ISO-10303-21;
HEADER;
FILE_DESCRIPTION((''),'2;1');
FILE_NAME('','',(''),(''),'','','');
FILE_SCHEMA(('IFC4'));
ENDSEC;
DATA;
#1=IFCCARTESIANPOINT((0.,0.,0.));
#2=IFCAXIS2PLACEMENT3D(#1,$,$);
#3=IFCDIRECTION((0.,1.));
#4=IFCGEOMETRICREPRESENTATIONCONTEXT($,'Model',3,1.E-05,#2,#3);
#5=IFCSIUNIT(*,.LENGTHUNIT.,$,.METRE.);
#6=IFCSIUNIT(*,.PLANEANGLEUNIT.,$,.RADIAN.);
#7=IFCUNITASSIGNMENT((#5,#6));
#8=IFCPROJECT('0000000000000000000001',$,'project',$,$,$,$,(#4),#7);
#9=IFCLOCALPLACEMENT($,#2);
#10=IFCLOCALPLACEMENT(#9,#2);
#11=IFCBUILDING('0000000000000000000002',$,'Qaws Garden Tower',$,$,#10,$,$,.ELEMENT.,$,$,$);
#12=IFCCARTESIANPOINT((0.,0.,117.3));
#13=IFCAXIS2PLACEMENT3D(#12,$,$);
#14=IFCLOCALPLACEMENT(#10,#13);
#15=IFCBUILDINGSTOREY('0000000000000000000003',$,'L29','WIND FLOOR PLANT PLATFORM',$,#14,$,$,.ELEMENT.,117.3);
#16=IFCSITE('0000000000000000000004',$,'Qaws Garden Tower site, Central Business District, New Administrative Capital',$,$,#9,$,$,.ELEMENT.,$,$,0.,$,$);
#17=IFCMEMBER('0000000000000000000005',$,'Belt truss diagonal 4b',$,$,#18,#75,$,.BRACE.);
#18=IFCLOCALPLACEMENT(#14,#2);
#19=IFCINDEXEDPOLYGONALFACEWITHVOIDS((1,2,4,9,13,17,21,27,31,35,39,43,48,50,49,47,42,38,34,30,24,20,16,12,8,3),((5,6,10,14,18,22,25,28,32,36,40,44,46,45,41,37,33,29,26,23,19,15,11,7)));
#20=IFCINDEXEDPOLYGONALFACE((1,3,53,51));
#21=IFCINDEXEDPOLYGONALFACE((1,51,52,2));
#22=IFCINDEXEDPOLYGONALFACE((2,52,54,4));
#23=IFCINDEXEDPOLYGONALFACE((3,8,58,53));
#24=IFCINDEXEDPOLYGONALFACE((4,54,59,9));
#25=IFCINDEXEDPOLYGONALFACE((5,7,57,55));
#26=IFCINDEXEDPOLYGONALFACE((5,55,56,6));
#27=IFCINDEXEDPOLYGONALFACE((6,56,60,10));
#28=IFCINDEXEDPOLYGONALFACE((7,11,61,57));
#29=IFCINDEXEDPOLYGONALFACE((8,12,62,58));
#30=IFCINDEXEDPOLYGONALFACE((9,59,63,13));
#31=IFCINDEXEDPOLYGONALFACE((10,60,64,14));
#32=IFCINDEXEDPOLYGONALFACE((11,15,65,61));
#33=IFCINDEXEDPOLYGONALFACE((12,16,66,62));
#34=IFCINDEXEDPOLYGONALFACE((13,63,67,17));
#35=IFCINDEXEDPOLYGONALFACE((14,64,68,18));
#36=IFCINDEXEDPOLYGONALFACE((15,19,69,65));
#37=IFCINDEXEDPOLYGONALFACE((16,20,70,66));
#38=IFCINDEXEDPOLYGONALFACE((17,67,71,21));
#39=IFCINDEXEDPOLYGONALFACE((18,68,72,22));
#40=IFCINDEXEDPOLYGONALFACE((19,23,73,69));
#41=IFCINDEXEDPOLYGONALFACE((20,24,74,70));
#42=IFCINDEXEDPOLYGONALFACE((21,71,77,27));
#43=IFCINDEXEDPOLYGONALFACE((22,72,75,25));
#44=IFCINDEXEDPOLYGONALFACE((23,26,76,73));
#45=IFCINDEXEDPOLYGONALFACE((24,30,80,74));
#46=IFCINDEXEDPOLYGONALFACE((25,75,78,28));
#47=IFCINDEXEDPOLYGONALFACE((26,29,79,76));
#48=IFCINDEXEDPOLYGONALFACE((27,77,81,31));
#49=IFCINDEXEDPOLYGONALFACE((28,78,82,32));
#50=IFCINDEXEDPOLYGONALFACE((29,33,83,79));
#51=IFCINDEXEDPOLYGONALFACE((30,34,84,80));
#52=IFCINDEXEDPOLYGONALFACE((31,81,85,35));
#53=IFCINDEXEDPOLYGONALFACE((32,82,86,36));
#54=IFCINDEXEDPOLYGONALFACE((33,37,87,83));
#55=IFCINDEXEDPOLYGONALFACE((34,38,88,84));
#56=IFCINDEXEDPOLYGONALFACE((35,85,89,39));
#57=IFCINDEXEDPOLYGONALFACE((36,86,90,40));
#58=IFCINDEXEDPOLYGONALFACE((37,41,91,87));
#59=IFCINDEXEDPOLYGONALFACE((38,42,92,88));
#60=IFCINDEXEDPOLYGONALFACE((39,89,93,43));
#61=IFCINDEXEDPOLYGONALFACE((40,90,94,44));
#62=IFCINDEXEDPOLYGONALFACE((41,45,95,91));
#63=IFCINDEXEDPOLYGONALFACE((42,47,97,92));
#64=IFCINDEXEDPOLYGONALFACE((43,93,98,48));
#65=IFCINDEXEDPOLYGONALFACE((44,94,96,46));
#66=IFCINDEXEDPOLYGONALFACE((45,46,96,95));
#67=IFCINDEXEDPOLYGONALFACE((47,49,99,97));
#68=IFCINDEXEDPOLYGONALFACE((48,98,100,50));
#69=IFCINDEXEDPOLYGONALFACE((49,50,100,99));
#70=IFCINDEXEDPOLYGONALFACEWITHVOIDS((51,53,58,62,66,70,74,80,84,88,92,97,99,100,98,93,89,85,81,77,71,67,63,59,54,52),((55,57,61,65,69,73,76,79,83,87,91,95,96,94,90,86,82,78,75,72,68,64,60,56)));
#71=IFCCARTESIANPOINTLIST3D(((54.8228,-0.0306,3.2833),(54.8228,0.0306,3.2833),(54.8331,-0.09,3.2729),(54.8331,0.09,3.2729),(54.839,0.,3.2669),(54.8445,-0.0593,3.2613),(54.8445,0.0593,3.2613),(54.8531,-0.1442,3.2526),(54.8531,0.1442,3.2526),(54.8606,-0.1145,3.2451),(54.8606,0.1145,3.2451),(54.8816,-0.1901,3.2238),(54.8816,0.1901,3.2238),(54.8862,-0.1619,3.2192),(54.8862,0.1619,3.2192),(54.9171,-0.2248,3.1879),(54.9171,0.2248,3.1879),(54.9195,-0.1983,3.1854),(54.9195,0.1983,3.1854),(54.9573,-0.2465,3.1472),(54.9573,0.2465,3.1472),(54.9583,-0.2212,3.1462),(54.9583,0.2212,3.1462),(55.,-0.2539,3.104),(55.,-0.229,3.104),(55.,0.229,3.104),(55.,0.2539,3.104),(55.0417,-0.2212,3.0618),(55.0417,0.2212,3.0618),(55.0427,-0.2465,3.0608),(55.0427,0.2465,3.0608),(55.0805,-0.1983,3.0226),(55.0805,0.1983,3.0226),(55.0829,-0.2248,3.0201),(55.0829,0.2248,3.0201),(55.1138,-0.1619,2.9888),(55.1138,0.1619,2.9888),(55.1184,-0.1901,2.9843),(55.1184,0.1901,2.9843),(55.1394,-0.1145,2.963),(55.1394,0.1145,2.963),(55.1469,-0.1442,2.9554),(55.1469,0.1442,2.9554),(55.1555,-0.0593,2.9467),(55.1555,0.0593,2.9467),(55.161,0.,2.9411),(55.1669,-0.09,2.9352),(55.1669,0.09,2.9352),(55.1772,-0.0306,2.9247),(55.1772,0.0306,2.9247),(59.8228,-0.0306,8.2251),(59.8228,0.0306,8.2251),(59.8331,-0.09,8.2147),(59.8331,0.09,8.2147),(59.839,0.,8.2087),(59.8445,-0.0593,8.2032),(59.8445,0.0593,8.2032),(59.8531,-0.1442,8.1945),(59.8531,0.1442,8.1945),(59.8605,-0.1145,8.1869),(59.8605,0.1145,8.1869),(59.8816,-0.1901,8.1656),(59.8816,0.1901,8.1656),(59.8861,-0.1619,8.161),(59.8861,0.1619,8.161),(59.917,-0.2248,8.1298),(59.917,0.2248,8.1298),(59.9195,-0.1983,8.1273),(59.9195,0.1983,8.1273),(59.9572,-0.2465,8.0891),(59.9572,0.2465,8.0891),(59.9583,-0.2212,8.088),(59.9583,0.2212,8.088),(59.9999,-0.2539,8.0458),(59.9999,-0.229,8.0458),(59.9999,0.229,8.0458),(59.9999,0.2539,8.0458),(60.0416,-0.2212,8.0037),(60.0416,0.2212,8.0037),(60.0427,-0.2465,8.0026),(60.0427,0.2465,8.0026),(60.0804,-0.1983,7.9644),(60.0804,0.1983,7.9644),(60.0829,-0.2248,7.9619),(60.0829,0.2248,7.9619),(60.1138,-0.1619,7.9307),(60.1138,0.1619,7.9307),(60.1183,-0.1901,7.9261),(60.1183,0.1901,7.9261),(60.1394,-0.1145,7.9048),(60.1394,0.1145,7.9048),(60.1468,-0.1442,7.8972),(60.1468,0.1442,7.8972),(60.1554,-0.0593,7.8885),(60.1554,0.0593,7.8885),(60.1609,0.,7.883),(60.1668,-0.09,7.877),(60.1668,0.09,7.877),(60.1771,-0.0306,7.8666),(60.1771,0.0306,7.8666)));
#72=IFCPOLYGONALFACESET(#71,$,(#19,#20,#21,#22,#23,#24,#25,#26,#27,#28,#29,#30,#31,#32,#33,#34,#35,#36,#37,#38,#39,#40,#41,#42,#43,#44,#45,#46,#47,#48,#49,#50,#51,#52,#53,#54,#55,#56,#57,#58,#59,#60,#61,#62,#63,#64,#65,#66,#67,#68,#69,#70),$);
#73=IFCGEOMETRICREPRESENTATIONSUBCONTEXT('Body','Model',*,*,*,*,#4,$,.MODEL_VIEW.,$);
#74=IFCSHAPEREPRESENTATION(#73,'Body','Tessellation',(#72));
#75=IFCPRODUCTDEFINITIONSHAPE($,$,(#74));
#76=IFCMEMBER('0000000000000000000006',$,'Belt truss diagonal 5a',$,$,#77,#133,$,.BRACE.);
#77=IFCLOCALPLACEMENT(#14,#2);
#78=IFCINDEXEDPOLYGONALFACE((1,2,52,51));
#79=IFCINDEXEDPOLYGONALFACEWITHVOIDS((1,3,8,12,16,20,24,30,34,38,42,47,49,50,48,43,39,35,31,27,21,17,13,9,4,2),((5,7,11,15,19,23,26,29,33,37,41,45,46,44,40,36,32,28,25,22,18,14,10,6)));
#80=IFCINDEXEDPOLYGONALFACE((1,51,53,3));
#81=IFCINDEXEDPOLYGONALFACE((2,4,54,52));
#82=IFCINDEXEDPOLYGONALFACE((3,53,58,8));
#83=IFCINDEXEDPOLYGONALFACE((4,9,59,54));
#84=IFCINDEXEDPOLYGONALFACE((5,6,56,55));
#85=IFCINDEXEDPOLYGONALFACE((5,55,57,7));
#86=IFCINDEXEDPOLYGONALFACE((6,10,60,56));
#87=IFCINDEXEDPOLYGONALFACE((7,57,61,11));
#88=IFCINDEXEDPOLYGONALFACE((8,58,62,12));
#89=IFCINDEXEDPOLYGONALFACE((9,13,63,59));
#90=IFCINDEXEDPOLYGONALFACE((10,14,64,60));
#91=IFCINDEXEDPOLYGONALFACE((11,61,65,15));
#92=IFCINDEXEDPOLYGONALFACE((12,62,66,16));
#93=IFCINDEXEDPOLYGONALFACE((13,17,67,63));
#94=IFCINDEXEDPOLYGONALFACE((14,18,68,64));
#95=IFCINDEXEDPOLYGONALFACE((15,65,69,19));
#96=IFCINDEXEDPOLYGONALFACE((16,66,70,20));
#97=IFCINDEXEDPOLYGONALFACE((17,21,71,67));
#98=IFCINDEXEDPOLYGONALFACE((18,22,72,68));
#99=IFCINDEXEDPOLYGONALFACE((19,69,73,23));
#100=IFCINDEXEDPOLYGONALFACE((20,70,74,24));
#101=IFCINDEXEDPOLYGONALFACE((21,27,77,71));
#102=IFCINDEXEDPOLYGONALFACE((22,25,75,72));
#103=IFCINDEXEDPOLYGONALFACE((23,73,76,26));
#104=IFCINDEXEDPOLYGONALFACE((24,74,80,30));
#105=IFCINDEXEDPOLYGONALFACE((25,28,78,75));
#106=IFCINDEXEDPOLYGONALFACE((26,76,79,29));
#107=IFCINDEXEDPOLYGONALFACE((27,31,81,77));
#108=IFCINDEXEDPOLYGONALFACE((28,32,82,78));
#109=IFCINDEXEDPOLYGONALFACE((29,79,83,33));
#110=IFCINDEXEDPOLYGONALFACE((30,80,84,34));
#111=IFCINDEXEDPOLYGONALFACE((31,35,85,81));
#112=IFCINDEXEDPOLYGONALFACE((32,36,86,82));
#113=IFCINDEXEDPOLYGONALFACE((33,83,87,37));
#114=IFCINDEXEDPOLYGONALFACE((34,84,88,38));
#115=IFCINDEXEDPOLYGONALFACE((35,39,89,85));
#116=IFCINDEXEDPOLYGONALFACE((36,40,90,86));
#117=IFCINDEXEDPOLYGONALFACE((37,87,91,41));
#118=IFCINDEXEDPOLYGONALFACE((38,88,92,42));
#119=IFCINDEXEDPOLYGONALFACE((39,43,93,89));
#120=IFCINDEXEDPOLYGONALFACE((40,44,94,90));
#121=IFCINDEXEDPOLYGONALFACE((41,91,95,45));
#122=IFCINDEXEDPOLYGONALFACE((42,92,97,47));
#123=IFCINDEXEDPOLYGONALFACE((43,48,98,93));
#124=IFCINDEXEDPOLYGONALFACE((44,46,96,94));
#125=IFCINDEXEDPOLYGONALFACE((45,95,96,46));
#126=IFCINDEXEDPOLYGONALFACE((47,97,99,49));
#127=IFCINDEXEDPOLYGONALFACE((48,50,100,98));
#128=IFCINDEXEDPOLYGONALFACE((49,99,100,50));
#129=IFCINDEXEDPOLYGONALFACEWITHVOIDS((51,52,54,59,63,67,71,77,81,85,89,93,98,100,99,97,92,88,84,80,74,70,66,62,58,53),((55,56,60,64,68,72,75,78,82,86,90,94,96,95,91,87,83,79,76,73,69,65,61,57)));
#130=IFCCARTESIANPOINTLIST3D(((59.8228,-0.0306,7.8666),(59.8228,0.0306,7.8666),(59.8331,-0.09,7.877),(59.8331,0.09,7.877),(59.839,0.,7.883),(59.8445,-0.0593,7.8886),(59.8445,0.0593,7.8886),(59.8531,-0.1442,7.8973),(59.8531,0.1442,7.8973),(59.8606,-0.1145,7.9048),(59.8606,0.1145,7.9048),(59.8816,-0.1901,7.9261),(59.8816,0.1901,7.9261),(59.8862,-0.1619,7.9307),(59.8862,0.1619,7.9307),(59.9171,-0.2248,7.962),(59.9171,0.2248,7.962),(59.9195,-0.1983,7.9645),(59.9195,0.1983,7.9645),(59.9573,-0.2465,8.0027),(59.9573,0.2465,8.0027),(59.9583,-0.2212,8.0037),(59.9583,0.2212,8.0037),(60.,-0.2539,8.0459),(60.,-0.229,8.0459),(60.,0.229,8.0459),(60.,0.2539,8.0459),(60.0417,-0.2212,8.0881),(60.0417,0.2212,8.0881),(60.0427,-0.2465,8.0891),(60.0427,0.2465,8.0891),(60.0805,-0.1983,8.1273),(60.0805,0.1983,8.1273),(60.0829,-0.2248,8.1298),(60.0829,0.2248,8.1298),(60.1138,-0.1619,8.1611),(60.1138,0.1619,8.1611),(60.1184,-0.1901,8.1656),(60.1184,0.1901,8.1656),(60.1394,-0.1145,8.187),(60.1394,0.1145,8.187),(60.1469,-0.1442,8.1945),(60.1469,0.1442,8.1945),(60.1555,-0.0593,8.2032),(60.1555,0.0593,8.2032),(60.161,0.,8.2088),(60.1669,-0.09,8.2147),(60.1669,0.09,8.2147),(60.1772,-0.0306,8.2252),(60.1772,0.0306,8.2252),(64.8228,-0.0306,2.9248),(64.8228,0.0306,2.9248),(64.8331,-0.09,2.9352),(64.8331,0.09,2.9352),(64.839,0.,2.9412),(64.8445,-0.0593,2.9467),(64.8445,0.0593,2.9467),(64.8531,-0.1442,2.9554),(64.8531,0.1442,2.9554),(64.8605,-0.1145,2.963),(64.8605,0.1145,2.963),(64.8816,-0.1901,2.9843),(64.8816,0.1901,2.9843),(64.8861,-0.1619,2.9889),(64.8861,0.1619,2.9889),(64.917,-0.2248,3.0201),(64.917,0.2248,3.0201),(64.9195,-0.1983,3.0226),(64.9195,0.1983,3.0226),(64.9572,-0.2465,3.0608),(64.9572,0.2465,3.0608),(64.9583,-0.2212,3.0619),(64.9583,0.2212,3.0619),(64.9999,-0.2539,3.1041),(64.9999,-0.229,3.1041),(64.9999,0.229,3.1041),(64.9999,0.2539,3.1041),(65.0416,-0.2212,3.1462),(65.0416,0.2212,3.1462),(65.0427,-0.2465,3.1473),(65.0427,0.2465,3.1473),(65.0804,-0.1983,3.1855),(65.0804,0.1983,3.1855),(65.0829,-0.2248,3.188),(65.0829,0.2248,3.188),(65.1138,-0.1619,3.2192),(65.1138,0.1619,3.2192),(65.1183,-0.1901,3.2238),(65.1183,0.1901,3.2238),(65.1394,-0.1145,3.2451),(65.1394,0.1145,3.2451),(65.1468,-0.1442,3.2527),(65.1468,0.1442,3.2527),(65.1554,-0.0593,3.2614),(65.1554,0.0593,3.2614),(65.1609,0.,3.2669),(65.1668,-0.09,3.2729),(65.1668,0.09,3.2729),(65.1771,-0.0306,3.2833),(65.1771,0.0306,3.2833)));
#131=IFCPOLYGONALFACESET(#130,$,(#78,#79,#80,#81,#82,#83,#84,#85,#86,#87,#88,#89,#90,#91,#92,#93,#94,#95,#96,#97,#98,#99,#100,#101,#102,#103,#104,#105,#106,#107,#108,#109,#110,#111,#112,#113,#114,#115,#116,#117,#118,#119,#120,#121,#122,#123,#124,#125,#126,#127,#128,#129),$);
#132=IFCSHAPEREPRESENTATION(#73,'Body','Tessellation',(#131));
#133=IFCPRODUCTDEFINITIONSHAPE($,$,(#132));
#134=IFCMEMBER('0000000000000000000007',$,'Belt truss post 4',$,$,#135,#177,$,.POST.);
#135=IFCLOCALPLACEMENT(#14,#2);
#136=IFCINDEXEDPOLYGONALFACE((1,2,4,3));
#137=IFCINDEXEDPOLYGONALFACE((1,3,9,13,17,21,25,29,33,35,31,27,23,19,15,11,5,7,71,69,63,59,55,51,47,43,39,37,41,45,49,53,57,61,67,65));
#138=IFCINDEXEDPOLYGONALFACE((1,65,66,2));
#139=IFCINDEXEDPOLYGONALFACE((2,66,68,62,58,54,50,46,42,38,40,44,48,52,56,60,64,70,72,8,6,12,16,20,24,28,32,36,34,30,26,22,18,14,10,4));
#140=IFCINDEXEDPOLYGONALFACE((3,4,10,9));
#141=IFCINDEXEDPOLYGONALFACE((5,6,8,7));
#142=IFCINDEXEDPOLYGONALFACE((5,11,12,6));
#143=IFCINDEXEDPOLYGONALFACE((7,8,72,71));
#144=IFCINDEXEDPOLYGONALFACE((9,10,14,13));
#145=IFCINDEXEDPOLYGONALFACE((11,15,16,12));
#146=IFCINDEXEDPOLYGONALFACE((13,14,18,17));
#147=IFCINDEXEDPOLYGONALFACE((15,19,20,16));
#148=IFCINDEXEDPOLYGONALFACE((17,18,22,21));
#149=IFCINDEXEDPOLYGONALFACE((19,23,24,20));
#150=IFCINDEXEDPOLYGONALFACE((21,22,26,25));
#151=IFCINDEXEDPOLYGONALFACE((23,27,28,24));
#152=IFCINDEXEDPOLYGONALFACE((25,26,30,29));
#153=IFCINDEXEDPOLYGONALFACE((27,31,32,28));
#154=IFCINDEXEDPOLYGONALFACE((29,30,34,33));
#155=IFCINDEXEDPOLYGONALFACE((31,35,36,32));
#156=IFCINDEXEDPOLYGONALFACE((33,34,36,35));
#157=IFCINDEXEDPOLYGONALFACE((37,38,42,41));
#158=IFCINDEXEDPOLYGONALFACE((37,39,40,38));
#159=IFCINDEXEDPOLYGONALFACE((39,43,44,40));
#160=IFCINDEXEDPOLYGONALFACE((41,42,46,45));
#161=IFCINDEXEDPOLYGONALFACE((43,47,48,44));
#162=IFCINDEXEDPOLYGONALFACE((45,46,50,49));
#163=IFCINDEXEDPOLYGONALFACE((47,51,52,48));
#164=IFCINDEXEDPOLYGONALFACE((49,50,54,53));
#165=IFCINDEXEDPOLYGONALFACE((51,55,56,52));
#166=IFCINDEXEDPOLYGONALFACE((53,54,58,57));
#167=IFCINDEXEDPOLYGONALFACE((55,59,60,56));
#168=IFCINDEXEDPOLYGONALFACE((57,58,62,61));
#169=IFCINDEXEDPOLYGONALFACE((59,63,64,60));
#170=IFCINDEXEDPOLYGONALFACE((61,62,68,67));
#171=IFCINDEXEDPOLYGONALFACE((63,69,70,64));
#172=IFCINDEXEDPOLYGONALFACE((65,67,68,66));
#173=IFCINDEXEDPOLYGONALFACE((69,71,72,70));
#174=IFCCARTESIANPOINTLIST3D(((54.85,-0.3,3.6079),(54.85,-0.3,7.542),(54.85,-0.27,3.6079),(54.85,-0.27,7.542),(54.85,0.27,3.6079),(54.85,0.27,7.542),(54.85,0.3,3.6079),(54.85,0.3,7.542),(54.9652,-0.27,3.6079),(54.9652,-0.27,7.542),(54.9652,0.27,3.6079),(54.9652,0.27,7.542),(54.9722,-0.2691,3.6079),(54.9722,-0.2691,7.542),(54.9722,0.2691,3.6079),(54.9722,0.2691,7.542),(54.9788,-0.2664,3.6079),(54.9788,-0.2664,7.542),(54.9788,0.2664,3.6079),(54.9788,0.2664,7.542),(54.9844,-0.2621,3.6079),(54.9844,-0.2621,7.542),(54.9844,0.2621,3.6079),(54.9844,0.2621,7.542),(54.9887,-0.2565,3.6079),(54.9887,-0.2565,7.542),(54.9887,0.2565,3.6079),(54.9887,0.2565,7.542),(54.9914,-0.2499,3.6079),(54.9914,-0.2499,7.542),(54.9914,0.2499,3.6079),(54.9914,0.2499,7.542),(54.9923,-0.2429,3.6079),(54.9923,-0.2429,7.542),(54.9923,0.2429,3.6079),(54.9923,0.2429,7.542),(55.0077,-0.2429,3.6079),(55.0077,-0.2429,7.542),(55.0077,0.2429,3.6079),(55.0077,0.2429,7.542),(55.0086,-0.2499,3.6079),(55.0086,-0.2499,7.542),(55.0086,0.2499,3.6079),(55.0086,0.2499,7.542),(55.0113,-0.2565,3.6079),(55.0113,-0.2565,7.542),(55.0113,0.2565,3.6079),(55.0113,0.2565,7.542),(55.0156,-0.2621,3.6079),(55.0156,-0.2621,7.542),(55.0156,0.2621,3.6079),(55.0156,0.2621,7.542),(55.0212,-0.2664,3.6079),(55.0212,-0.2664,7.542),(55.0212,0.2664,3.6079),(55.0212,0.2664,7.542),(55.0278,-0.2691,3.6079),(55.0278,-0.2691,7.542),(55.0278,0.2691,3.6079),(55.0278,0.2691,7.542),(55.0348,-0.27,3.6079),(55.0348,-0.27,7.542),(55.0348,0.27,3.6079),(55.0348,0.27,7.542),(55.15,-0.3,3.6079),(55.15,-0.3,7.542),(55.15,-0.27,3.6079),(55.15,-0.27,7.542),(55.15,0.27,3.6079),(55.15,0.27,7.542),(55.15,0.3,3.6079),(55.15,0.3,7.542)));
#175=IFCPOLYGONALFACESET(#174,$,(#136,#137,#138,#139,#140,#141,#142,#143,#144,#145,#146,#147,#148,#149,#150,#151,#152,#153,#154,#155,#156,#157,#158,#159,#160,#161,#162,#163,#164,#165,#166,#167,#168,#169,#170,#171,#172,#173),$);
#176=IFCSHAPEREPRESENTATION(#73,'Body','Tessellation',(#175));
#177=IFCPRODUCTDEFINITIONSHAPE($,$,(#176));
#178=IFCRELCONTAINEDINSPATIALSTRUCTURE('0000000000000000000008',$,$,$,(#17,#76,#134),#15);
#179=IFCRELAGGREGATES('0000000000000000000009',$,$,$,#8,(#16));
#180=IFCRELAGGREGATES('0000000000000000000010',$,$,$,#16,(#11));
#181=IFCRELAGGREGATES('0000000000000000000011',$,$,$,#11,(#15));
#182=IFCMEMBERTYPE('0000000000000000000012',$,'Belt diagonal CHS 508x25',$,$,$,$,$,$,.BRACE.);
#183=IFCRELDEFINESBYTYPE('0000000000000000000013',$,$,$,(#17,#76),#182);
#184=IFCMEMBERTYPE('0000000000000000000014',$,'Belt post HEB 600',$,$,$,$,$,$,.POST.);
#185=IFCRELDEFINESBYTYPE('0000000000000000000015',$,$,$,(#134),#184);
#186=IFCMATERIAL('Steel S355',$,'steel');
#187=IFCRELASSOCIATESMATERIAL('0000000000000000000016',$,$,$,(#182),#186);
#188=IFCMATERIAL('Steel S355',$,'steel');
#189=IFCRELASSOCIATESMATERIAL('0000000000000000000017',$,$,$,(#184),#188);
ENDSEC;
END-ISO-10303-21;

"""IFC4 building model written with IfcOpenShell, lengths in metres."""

from ifc_helpers import new_model, si_unit, direction, frame, origin, origin_2d, place, context, subcontext, project, spatial, hollow_circle, i_section, extrude, material, material_profile, profile_set, type_object, element, save


model = new_model("IFC4")

# Units and contexts
model_context = context("Model", 3, precision=1e-05, world=origin(), true_north=direction((0.0, 1.0)))
body_context = subcontext(model_context, "Body", "Model", "MODEL_VIEW")
ifc_project = project(units=[si_unit("LENGTHUNIT", "METRE"), si_unit("PLANEANGLEUNIT", "RADIAN")], contexts=[model_context])

# Site, building, storey
site_placement = place(None, origin())
site = spatial("IfcSite", under=ifc_project, at=site_placement, Name="Qaws Garden Tower site, Central Business District, New Administrative Capital", CompositionType="ELEMENT", RefElevation=0.0)
building_placement = place(site_placement, origin())
building = spatial("IfcBuilding", under=site, at=building_placement, Name="Qaws Garden Tower", CompositionType="ELEMENT")
storey_placement = place(building_placement, frame((0.0, 0.0, 117.3)))
storey = spatial("IfcBuildingStorey", under=building, at=storey_placement, Name="L29", Description="WIND FLOOR PLANT PLATFORM", CompositionType="ELEMENT", Elevation=117.3)

# Members
ifc_material_1 = material(Name="Steel S355", Category="steel")
ifc_material_profile_1 = material_profile(ifc_material_1, hollow_circle(Radius=0.2539, WallThickness=0.0249, at=origin_2d()), Name="CHS 508x25")
ifc_profile_set_1 = profile_set([ifc_material_profile_1], Name="Steel S355")
member_type_1 = type_object("IfcMemberType", Name="Belt diagonal CHS 508x25", PredefinedType="BRACE", material=ifc_profile_set_1)
for number, where, z_axis, x_axis, name in (
    (1, (55.0, 0.0, 3.104), (0.711227, 0.0, 0.702962), (0.0, 1.0, 0.0), "Belt truss diagonal 4b"),
    (2, (60.0, 0.0, 8.0459), (0.711227, 0.0, -0.702962), (0.0, 1.0, 0.0), "Belt truss diagonal 5a"),
):
    element("IfcMember", number, at=place(storey_placement, frame(where, z_axis=z_axis, x_axis=x_axis)), inside=storey, type_object=member_type_1, Name=name, PredefinedType="BRACE", context=body_context, shape_type="SweptSolid", body=[
        extrude(hollow_circle(Radius=0.2539, WallThickness=0.0249, at=origin_2d()), origin(), (0.0, 0.0, 1.0), 7.03),
    ])
ifc_material_2 = material(Name="Steel S355", Category="steel")
ifc_material_profile_2 = material_profile(ifc_material_2, i_section(OverallWidth=0.3, OverallDepth=0.6001, WebThickness=0.0154, FlangeThickness=0.03, FilletRadius=0.0271, at=origin_2d()), Name="HEB 600")
ifc_profile_set_2 = profile_set([ifc_material_profile_2], Name="Steel S355")
member_type_2 = type_object("IfcMemberType", Name="Belt post HEB 600", PredefinedType="POST", material=ifc_profile_set_2)
placement = place(storey_placement, frame((55.0, 0.0, 3.6079), z_axis=(0.0, 0.0, 1.0), x_axis=(1.0, 0.0, 0.0)))
element("IfcMember", 3, at=placement, inside=storey, type_object=member_type_2, Name="Belt truss post 4", PredefinedType="POST", context=body_context, shape_type="SweptSolid", body=[
    extrude(i_section(OverallWidth=0.3, OverallDepth=0.6001, WebThickness=0.0154, FlangeThickness=0.03, FilletRadius=0.0271, at=origin_2d()), origin(), (0.0, 0.0, 1.0), 3.9341),
])

save(model, "model.ifc")
